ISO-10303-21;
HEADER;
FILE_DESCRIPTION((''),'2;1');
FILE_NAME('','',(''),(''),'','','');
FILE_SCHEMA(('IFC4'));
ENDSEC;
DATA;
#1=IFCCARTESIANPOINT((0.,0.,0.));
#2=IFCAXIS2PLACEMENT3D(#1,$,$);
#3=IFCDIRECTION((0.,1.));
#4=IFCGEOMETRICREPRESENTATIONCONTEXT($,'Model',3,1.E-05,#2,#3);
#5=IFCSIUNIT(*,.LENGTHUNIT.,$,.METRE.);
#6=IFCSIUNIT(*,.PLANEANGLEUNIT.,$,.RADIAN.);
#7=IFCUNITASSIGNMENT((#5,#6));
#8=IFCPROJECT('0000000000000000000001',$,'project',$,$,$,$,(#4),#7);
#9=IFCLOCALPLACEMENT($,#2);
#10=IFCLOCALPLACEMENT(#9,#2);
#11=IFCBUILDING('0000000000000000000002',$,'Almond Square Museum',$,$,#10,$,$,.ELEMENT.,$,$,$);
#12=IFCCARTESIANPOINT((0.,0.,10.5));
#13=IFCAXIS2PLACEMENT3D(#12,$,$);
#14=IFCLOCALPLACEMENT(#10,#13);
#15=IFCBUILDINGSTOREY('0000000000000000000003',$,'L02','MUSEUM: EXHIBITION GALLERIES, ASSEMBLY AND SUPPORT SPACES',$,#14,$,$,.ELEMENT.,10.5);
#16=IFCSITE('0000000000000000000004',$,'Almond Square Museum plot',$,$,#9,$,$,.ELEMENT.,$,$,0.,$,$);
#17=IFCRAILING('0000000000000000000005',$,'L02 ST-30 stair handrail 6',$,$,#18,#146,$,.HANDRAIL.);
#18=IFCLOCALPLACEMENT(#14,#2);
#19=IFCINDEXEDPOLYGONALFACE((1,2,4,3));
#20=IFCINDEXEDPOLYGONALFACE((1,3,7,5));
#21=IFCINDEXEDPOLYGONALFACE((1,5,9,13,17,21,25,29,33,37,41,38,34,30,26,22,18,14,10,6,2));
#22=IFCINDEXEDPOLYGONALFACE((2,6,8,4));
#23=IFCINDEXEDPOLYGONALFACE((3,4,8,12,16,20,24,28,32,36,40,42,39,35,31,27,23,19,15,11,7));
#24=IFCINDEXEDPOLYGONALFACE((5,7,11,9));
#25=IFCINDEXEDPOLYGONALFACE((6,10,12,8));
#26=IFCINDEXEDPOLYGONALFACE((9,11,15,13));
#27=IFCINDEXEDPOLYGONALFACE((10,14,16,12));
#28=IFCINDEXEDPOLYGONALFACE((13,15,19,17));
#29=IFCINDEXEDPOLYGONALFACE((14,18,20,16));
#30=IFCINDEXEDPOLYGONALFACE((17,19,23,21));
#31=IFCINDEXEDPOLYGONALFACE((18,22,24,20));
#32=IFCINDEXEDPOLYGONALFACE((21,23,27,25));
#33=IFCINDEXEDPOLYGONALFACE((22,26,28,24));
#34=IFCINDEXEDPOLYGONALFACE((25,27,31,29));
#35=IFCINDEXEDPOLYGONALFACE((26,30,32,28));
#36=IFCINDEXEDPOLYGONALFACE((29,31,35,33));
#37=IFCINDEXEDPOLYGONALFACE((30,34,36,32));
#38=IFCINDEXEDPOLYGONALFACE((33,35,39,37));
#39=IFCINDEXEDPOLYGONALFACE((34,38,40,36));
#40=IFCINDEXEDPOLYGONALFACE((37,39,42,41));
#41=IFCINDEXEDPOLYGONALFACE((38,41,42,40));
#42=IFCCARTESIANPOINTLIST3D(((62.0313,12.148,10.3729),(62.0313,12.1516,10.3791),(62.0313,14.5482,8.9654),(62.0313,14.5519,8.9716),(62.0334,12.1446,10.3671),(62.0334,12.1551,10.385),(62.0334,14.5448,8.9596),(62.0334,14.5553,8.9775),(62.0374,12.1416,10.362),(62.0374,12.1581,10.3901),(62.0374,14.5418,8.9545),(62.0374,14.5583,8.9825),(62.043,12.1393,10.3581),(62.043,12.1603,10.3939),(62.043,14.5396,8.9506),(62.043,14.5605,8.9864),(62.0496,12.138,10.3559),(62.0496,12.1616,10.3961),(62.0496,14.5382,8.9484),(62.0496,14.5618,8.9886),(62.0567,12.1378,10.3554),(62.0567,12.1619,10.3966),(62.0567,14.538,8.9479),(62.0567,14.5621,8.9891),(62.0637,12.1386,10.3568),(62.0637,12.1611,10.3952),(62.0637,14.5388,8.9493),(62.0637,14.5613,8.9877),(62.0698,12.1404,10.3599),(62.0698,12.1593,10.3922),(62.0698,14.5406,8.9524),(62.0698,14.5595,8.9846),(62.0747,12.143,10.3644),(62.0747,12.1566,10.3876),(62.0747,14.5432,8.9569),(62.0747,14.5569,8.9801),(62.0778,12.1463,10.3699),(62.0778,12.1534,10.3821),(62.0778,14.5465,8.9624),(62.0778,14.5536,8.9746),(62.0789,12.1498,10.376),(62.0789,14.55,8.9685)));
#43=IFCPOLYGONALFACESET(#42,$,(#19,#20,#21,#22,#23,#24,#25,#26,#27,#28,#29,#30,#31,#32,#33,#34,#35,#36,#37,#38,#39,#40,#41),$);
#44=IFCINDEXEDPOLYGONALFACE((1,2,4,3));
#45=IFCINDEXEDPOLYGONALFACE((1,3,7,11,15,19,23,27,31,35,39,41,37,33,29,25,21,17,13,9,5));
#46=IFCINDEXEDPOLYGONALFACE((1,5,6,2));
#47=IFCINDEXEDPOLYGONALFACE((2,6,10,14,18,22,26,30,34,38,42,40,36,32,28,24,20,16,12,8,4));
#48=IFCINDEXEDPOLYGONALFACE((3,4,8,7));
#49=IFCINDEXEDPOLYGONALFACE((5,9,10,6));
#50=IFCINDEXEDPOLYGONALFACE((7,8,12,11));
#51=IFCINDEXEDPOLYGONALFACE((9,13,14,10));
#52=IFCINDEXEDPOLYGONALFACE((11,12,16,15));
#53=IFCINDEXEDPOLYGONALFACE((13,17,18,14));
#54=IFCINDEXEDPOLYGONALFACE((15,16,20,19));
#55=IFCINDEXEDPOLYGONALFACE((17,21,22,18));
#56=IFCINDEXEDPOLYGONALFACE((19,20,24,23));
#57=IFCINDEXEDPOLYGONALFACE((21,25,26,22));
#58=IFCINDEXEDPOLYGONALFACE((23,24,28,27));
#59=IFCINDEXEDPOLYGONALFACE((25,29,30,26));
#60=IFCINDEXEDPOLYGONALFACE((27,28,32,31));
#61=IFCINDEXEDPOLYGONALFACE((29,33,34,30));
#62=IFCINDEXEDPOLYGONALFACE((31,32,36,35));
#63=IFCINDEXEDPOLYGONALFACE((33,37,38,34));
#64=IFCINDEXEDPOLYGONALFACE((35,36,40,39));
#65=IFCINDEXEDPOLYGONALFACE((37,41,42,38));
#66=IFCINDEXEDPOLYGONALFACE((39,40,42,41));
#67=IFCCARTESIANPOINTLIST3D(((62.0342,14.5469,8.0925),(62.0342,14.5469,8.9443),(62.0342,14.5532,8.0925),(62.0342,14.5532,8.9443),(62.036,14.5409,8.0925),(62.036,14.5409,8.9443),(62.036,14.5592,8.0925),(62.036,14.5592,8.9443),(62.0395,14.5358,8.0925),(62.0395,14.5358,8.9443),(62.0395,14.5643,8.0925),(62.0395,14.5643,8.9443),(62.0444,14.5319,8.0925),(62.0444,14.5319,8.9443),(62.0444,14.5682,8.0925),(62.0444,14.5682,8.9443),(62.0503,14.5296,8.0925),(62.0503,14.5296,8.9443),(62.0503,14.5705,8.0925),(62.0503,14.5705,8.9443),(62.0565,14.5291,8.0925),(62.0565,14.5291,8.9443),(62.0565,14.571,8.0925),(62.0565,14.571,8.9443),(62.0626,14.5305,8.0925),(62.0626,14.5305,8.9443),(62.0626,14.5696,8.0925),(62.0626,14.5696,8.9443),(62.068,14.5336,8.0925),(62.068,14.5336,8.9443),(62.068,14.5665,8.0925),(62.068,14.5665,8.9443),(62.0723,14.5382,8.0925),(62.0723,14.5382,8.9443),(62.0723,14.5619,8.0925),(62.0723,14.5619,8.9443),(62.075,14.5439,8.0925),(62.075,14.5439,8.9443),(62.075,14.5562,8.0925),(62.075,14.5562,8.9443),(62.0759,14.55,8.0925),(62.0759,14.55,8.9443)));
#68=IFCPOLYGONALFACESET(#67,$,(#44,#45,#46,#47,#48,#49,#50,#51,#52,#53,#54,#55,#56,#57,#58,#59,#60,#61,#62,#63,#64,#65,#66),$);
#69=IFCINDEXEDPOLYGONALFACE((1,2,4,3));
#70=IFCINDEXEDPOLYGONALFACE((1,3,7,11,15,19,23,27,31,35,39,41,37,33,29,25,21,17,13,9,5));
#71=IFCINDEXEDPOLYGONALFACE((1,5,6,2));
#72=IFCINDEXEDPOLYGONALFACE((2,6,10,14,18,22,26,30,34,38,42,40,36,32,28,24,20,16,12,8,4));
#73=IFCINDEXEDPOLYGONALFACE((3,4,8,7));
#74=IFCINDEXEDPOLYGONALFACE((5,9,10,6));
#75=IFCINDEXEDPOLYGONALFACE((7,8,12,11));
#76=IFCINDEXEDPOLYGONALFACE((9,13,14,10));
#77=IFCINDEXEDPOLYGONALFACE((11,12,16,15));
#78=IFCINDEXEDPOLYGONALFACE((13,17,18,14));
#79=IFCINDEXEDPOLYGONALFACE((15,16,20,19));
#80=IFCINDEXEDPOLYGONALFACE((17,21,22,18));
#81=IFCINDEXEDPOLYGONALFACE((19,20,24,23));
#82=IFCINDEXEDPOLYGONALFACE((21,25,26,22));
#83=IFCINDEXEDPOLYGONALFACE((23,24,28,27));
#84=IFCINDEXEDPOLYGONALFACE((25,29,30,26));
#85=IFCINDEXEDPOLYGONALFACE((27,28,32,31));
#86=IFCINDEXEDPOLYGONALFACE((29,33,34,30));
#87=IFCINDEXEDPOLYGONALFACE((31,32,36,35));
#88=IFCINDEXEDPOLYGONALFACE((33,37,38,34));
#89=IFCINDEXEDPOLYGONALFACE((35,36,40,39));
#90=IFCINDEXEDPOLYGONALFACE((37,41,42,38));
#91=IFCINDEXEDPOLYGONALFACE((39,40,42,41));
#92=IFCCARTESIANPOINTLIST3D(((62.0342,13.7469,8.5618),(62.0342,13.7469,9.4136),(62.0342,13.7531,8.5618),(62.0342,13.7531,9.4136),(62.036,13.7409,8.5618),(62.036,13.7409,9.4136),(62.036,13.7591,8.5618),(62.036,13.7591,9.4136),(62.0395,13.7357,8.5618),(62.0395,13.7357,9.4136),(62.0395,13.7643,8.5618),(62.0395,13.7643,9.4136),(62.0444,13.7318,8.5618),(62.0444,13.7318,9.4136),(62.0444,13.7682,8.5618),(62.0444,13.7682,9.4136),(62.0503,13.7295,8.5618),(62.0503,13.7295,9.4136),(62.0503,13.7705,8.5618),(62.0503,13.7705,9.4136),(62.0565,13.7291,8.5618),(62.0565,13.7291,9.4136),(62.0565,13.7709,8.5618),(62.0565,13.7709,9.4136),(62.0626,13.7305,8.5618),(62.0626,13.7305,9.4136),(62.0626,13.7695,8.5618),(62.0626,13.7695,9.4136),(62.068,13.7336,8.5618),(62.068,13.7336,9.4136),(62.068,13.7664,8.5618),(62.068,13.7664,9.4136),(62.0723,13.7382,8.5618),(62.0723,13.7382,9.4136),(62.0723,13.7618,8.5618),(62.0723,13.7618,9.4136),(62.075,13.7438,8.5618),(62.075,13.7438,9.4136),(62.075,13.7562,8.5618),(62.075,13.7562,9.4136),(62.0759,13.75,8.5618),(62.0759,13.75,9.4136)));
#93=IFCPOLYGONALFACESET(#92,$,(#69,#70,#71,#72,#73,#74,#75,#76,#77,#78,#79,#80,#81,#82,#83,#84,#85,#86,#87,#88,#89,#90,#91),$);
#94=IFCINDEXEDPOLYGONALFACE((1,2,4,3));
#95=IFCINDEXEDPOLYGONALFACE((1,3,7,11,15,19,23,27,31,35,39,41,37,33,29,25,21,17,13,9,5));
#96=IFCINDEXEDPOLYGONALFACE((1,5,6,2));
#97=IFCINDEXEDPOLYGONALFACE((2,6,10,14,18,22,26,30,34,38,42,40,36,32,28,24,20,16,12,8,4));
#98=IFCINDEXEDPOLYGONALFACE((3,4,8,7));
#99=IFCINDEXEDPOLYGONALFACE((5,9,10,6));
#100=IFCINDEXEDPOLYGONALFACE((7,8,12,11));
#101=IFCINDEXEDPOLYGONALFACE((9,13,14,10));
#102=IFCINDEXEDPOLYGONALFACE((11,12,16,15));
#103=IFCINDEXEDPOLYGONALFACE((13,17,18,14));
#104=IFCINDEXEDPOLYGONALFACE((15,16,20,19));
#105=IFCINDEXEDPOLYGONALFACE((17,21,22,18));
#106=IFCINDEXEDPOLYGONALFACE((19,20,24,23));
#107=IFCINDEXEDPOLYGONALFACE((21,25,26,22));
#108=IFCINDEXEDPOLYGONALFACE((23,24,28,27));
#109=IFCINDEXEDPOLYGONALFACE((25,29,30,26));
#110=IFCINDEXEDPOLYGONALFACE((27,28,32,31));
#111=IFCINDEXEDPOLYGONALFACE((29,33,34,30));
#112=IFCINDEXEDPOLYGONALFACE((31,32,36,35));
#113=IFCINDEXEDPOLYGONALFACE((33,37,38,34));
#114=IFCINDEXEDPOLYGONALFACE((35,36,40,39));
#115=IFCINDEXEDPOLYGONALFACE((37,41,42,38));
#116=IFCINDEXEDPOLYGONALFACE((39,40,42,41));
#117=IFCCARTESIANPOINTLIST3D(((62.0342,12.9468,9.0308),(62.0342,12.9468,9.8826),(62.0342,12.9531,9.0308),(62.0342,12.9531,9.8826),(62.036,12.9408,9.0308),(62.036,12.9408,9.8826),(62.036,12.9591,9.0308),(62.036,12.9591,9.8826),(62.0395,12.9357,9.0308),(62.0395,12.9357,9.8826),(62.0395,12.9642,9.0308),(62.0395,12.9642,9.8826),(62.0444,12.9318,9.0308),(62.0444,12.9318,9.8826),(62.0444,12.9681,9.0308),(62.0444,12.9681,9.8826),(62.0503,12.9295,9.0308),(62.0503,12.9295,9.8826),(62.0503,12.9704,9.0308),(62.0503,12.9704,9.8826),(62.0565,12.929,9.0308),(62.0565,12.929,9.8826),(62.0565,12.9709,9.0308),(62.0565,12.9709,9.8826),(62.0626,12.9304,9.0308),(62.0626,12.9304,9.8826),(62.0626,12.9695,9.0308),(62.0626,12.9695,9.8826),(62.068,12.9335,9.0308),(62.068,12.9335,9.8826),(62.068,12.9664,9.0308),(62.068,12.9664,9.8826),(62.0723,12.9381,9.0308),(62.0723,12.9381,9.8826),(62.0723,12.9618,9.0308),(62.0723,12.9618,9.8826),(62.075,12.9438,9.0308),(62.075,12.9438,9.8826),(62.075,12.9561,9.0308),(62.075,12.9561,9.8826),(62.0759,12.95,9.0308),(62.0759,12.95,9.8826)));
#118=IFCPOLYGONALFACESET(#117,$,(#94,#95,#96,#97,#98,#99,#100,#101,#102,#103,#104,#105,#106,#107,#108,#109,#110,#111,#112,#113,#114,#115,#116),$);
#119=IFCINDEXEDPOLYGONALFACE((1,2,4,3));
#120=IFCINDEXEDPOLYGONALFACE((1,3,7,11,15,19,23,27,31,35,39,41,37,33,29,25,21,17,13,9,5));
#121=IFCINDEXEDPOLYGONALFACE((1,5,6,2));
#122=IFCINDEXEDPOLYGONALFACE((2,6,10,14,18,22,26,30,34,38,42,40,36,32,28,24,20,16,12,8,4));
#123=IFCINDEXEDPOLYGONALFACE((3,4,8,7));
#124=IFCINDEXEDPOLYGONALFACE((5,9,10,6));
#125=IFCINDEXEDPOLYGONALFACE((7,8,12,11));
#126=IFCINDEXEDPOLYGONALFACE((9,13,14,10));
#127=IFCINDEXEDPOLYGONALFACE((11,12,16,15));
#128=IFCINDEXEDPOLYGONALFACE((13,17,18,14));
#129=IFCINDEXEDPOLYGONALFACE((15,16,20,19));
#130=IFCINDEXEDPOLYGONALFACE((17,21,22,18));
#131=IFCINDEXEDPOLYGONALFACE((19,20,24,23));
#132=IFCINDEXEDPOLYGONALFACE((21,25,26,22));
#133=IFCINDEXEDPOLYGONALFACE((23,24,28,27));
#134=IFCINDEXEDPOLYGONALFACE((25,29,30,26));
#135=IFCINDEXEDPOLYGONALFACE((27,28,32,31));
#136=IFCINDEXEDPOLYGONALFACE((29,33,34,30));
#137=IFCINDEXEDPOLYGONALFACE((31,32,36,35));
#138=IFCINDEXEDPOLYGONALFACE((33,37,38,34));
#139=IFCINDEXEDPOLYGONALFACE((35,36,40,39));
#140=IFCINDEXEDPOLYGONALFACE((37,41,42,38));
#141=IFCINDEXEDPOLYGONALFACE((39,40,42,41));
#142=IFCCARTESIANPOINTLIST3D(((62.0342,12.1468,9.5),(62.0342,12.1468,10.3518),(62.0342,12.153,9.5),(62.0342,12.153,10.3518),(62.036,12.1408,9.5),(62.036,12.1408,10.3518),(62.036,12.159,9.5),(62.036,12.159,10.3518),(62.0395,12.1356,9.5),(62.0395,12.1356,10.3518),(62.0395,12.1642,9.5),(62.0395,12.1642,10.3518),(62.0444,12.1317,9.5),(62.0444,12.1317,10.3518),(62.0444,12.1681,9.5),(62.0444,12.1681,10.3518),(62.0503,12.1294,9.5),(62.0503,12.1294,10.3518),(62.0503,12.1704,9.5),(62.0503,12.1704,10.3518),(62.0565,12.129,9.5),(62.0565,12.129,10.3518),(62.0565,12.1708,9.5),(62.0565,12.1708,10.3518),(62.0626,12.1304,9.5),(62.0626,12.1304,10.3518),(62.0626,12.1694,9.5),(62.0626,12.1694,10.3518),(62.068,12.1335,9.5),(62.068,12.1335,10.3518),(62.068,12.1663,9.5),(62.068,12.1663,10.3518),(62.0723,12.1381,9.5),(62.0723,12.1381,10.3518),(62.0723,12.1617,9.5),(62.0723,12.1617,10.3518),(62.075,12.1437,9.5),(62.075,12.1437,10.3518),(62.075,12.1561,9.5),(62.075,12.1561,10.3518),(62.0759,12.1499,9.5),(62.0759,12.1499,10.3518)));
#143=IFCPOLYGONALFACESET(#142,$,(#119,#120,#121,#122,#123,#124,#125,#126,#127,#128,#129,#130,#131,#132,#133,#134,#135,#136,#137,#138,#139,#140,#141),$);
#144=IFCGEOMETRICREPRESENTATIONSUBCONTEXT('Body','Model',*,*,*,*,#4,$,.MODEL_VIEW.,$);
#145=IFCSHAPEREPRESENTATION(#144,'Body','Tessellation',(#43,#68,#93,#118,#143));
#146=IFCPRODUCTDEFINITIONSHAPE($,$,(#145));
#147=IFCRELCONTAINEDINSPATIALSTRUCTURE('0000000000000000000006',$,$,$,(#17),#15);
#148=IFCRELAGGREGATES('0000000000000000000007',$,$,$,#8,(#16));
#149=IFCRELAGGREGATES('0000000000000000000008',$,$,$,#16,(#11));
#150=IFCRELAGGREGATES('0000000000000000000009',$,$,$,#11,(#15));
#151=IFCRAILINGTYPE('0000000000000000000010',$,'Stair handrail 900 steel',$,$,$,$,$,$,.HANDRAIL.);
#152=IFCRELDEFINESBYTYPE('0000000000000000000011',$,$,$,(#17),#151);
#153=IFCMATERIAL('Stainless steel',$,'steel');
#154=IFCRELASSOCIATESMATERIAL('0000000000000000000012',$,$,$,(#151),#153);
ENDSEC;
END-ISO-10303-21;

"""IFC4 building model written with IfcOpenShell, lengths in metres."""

from ifc_helpers import new_model, si_unit, direction, frame, origin, origin_2d, place, context, subcontext, project, spatial, circle, extrude, material, type_object, element, save


model = new_model("IFC4")

# Units and contexts
model_context = context("Model", 3, precision=1e-05, world=origin(), true_north=direction((0.0, 1.0)))
body_context = subcontext(model_context, "Body", "Model", "MODEL_VIEW")
ifc_project = project(units=[si_unit("LENGTHUNIT", "METRE"), si_unit("PLANEANGLEUNIT", "RADIAN")], contexts=[model_context])

# Site, building, storey
site_placement = place(None, origin())
site = spatial("IfcSite", under=ifc_project, at=site_placement, Name="Almond Square Museum plot", CompositionType="ELEMENT", RefElevation=0.0)
building_placement = place(site_placement, origin())
building = spatial("IfcBuilding", under=site, at=building_placement, Name="Almond Square Museum", CompositionType="ELEMENT")
storey_placement = place(building_placement, frame((0.0, 0.0, 10.5)))
storey = spatial("IfcBuildingStorey", under=building, at=storey_placement, Name="L02", Description="MUSEUM: EXHIBITION GALLERIES, ASSEMBLY AND SUPPORT SPACES", CompositionType="ELEMENT", Elevation=10.5)

# Railing
ifc_material_1 = material(Name="Stainless steel", Category="steel")
railing_type_1 = type_object("IfcRailingType", Name="Stair handrail 900 steel", PredefinedType="HANDRAIL", material=ifc_material_1)
railing_1_placement = place(storey_placement, frame((62.0549, 14.55, 8.0925)))
element("IfcRailing", 1, at=railing_1_placement, inside=storey, type_object=railing_type_1, Name="L02 ST-30 stair handrail 6", PredefinedType="HANDRAIL", context=body_context, shape_type="SweptSolid", body=[
    extrude(circle(Radius=0.0239, at=origin_2d()), frame((0.0, 0.0, 0.876), z_axis=(0.0, -0.862621, 0.50585), x_axis=(1.0, 0.0, 0.0)), (0.0, 0.0, 1.0), 2.7825),
    extrude(circle(Radius=0.021, at=origin_2d()), origin(), (0.0, 0.0, 1.0), 0.8518),
    extrude(circle(Radius=0.021, at=origin_2d()), frame((0.0, -0.8, 0.4692)), (0.0, 0.0, 1.0), 0.8518),
    extrude(circle(Radius=0.021, at=origin_2d()), frame((0.0, -1.6001, 0.9382)), (0.0, 0.0, 1.0), 0.8518),
    extrude(circle(Radius=0.021, at=origin_2d()), frame((0.0, -2.4001, 1.4075)), (0.0, 0.0, 1.0), 0.8518),
])

save(model, "model.ifc")
